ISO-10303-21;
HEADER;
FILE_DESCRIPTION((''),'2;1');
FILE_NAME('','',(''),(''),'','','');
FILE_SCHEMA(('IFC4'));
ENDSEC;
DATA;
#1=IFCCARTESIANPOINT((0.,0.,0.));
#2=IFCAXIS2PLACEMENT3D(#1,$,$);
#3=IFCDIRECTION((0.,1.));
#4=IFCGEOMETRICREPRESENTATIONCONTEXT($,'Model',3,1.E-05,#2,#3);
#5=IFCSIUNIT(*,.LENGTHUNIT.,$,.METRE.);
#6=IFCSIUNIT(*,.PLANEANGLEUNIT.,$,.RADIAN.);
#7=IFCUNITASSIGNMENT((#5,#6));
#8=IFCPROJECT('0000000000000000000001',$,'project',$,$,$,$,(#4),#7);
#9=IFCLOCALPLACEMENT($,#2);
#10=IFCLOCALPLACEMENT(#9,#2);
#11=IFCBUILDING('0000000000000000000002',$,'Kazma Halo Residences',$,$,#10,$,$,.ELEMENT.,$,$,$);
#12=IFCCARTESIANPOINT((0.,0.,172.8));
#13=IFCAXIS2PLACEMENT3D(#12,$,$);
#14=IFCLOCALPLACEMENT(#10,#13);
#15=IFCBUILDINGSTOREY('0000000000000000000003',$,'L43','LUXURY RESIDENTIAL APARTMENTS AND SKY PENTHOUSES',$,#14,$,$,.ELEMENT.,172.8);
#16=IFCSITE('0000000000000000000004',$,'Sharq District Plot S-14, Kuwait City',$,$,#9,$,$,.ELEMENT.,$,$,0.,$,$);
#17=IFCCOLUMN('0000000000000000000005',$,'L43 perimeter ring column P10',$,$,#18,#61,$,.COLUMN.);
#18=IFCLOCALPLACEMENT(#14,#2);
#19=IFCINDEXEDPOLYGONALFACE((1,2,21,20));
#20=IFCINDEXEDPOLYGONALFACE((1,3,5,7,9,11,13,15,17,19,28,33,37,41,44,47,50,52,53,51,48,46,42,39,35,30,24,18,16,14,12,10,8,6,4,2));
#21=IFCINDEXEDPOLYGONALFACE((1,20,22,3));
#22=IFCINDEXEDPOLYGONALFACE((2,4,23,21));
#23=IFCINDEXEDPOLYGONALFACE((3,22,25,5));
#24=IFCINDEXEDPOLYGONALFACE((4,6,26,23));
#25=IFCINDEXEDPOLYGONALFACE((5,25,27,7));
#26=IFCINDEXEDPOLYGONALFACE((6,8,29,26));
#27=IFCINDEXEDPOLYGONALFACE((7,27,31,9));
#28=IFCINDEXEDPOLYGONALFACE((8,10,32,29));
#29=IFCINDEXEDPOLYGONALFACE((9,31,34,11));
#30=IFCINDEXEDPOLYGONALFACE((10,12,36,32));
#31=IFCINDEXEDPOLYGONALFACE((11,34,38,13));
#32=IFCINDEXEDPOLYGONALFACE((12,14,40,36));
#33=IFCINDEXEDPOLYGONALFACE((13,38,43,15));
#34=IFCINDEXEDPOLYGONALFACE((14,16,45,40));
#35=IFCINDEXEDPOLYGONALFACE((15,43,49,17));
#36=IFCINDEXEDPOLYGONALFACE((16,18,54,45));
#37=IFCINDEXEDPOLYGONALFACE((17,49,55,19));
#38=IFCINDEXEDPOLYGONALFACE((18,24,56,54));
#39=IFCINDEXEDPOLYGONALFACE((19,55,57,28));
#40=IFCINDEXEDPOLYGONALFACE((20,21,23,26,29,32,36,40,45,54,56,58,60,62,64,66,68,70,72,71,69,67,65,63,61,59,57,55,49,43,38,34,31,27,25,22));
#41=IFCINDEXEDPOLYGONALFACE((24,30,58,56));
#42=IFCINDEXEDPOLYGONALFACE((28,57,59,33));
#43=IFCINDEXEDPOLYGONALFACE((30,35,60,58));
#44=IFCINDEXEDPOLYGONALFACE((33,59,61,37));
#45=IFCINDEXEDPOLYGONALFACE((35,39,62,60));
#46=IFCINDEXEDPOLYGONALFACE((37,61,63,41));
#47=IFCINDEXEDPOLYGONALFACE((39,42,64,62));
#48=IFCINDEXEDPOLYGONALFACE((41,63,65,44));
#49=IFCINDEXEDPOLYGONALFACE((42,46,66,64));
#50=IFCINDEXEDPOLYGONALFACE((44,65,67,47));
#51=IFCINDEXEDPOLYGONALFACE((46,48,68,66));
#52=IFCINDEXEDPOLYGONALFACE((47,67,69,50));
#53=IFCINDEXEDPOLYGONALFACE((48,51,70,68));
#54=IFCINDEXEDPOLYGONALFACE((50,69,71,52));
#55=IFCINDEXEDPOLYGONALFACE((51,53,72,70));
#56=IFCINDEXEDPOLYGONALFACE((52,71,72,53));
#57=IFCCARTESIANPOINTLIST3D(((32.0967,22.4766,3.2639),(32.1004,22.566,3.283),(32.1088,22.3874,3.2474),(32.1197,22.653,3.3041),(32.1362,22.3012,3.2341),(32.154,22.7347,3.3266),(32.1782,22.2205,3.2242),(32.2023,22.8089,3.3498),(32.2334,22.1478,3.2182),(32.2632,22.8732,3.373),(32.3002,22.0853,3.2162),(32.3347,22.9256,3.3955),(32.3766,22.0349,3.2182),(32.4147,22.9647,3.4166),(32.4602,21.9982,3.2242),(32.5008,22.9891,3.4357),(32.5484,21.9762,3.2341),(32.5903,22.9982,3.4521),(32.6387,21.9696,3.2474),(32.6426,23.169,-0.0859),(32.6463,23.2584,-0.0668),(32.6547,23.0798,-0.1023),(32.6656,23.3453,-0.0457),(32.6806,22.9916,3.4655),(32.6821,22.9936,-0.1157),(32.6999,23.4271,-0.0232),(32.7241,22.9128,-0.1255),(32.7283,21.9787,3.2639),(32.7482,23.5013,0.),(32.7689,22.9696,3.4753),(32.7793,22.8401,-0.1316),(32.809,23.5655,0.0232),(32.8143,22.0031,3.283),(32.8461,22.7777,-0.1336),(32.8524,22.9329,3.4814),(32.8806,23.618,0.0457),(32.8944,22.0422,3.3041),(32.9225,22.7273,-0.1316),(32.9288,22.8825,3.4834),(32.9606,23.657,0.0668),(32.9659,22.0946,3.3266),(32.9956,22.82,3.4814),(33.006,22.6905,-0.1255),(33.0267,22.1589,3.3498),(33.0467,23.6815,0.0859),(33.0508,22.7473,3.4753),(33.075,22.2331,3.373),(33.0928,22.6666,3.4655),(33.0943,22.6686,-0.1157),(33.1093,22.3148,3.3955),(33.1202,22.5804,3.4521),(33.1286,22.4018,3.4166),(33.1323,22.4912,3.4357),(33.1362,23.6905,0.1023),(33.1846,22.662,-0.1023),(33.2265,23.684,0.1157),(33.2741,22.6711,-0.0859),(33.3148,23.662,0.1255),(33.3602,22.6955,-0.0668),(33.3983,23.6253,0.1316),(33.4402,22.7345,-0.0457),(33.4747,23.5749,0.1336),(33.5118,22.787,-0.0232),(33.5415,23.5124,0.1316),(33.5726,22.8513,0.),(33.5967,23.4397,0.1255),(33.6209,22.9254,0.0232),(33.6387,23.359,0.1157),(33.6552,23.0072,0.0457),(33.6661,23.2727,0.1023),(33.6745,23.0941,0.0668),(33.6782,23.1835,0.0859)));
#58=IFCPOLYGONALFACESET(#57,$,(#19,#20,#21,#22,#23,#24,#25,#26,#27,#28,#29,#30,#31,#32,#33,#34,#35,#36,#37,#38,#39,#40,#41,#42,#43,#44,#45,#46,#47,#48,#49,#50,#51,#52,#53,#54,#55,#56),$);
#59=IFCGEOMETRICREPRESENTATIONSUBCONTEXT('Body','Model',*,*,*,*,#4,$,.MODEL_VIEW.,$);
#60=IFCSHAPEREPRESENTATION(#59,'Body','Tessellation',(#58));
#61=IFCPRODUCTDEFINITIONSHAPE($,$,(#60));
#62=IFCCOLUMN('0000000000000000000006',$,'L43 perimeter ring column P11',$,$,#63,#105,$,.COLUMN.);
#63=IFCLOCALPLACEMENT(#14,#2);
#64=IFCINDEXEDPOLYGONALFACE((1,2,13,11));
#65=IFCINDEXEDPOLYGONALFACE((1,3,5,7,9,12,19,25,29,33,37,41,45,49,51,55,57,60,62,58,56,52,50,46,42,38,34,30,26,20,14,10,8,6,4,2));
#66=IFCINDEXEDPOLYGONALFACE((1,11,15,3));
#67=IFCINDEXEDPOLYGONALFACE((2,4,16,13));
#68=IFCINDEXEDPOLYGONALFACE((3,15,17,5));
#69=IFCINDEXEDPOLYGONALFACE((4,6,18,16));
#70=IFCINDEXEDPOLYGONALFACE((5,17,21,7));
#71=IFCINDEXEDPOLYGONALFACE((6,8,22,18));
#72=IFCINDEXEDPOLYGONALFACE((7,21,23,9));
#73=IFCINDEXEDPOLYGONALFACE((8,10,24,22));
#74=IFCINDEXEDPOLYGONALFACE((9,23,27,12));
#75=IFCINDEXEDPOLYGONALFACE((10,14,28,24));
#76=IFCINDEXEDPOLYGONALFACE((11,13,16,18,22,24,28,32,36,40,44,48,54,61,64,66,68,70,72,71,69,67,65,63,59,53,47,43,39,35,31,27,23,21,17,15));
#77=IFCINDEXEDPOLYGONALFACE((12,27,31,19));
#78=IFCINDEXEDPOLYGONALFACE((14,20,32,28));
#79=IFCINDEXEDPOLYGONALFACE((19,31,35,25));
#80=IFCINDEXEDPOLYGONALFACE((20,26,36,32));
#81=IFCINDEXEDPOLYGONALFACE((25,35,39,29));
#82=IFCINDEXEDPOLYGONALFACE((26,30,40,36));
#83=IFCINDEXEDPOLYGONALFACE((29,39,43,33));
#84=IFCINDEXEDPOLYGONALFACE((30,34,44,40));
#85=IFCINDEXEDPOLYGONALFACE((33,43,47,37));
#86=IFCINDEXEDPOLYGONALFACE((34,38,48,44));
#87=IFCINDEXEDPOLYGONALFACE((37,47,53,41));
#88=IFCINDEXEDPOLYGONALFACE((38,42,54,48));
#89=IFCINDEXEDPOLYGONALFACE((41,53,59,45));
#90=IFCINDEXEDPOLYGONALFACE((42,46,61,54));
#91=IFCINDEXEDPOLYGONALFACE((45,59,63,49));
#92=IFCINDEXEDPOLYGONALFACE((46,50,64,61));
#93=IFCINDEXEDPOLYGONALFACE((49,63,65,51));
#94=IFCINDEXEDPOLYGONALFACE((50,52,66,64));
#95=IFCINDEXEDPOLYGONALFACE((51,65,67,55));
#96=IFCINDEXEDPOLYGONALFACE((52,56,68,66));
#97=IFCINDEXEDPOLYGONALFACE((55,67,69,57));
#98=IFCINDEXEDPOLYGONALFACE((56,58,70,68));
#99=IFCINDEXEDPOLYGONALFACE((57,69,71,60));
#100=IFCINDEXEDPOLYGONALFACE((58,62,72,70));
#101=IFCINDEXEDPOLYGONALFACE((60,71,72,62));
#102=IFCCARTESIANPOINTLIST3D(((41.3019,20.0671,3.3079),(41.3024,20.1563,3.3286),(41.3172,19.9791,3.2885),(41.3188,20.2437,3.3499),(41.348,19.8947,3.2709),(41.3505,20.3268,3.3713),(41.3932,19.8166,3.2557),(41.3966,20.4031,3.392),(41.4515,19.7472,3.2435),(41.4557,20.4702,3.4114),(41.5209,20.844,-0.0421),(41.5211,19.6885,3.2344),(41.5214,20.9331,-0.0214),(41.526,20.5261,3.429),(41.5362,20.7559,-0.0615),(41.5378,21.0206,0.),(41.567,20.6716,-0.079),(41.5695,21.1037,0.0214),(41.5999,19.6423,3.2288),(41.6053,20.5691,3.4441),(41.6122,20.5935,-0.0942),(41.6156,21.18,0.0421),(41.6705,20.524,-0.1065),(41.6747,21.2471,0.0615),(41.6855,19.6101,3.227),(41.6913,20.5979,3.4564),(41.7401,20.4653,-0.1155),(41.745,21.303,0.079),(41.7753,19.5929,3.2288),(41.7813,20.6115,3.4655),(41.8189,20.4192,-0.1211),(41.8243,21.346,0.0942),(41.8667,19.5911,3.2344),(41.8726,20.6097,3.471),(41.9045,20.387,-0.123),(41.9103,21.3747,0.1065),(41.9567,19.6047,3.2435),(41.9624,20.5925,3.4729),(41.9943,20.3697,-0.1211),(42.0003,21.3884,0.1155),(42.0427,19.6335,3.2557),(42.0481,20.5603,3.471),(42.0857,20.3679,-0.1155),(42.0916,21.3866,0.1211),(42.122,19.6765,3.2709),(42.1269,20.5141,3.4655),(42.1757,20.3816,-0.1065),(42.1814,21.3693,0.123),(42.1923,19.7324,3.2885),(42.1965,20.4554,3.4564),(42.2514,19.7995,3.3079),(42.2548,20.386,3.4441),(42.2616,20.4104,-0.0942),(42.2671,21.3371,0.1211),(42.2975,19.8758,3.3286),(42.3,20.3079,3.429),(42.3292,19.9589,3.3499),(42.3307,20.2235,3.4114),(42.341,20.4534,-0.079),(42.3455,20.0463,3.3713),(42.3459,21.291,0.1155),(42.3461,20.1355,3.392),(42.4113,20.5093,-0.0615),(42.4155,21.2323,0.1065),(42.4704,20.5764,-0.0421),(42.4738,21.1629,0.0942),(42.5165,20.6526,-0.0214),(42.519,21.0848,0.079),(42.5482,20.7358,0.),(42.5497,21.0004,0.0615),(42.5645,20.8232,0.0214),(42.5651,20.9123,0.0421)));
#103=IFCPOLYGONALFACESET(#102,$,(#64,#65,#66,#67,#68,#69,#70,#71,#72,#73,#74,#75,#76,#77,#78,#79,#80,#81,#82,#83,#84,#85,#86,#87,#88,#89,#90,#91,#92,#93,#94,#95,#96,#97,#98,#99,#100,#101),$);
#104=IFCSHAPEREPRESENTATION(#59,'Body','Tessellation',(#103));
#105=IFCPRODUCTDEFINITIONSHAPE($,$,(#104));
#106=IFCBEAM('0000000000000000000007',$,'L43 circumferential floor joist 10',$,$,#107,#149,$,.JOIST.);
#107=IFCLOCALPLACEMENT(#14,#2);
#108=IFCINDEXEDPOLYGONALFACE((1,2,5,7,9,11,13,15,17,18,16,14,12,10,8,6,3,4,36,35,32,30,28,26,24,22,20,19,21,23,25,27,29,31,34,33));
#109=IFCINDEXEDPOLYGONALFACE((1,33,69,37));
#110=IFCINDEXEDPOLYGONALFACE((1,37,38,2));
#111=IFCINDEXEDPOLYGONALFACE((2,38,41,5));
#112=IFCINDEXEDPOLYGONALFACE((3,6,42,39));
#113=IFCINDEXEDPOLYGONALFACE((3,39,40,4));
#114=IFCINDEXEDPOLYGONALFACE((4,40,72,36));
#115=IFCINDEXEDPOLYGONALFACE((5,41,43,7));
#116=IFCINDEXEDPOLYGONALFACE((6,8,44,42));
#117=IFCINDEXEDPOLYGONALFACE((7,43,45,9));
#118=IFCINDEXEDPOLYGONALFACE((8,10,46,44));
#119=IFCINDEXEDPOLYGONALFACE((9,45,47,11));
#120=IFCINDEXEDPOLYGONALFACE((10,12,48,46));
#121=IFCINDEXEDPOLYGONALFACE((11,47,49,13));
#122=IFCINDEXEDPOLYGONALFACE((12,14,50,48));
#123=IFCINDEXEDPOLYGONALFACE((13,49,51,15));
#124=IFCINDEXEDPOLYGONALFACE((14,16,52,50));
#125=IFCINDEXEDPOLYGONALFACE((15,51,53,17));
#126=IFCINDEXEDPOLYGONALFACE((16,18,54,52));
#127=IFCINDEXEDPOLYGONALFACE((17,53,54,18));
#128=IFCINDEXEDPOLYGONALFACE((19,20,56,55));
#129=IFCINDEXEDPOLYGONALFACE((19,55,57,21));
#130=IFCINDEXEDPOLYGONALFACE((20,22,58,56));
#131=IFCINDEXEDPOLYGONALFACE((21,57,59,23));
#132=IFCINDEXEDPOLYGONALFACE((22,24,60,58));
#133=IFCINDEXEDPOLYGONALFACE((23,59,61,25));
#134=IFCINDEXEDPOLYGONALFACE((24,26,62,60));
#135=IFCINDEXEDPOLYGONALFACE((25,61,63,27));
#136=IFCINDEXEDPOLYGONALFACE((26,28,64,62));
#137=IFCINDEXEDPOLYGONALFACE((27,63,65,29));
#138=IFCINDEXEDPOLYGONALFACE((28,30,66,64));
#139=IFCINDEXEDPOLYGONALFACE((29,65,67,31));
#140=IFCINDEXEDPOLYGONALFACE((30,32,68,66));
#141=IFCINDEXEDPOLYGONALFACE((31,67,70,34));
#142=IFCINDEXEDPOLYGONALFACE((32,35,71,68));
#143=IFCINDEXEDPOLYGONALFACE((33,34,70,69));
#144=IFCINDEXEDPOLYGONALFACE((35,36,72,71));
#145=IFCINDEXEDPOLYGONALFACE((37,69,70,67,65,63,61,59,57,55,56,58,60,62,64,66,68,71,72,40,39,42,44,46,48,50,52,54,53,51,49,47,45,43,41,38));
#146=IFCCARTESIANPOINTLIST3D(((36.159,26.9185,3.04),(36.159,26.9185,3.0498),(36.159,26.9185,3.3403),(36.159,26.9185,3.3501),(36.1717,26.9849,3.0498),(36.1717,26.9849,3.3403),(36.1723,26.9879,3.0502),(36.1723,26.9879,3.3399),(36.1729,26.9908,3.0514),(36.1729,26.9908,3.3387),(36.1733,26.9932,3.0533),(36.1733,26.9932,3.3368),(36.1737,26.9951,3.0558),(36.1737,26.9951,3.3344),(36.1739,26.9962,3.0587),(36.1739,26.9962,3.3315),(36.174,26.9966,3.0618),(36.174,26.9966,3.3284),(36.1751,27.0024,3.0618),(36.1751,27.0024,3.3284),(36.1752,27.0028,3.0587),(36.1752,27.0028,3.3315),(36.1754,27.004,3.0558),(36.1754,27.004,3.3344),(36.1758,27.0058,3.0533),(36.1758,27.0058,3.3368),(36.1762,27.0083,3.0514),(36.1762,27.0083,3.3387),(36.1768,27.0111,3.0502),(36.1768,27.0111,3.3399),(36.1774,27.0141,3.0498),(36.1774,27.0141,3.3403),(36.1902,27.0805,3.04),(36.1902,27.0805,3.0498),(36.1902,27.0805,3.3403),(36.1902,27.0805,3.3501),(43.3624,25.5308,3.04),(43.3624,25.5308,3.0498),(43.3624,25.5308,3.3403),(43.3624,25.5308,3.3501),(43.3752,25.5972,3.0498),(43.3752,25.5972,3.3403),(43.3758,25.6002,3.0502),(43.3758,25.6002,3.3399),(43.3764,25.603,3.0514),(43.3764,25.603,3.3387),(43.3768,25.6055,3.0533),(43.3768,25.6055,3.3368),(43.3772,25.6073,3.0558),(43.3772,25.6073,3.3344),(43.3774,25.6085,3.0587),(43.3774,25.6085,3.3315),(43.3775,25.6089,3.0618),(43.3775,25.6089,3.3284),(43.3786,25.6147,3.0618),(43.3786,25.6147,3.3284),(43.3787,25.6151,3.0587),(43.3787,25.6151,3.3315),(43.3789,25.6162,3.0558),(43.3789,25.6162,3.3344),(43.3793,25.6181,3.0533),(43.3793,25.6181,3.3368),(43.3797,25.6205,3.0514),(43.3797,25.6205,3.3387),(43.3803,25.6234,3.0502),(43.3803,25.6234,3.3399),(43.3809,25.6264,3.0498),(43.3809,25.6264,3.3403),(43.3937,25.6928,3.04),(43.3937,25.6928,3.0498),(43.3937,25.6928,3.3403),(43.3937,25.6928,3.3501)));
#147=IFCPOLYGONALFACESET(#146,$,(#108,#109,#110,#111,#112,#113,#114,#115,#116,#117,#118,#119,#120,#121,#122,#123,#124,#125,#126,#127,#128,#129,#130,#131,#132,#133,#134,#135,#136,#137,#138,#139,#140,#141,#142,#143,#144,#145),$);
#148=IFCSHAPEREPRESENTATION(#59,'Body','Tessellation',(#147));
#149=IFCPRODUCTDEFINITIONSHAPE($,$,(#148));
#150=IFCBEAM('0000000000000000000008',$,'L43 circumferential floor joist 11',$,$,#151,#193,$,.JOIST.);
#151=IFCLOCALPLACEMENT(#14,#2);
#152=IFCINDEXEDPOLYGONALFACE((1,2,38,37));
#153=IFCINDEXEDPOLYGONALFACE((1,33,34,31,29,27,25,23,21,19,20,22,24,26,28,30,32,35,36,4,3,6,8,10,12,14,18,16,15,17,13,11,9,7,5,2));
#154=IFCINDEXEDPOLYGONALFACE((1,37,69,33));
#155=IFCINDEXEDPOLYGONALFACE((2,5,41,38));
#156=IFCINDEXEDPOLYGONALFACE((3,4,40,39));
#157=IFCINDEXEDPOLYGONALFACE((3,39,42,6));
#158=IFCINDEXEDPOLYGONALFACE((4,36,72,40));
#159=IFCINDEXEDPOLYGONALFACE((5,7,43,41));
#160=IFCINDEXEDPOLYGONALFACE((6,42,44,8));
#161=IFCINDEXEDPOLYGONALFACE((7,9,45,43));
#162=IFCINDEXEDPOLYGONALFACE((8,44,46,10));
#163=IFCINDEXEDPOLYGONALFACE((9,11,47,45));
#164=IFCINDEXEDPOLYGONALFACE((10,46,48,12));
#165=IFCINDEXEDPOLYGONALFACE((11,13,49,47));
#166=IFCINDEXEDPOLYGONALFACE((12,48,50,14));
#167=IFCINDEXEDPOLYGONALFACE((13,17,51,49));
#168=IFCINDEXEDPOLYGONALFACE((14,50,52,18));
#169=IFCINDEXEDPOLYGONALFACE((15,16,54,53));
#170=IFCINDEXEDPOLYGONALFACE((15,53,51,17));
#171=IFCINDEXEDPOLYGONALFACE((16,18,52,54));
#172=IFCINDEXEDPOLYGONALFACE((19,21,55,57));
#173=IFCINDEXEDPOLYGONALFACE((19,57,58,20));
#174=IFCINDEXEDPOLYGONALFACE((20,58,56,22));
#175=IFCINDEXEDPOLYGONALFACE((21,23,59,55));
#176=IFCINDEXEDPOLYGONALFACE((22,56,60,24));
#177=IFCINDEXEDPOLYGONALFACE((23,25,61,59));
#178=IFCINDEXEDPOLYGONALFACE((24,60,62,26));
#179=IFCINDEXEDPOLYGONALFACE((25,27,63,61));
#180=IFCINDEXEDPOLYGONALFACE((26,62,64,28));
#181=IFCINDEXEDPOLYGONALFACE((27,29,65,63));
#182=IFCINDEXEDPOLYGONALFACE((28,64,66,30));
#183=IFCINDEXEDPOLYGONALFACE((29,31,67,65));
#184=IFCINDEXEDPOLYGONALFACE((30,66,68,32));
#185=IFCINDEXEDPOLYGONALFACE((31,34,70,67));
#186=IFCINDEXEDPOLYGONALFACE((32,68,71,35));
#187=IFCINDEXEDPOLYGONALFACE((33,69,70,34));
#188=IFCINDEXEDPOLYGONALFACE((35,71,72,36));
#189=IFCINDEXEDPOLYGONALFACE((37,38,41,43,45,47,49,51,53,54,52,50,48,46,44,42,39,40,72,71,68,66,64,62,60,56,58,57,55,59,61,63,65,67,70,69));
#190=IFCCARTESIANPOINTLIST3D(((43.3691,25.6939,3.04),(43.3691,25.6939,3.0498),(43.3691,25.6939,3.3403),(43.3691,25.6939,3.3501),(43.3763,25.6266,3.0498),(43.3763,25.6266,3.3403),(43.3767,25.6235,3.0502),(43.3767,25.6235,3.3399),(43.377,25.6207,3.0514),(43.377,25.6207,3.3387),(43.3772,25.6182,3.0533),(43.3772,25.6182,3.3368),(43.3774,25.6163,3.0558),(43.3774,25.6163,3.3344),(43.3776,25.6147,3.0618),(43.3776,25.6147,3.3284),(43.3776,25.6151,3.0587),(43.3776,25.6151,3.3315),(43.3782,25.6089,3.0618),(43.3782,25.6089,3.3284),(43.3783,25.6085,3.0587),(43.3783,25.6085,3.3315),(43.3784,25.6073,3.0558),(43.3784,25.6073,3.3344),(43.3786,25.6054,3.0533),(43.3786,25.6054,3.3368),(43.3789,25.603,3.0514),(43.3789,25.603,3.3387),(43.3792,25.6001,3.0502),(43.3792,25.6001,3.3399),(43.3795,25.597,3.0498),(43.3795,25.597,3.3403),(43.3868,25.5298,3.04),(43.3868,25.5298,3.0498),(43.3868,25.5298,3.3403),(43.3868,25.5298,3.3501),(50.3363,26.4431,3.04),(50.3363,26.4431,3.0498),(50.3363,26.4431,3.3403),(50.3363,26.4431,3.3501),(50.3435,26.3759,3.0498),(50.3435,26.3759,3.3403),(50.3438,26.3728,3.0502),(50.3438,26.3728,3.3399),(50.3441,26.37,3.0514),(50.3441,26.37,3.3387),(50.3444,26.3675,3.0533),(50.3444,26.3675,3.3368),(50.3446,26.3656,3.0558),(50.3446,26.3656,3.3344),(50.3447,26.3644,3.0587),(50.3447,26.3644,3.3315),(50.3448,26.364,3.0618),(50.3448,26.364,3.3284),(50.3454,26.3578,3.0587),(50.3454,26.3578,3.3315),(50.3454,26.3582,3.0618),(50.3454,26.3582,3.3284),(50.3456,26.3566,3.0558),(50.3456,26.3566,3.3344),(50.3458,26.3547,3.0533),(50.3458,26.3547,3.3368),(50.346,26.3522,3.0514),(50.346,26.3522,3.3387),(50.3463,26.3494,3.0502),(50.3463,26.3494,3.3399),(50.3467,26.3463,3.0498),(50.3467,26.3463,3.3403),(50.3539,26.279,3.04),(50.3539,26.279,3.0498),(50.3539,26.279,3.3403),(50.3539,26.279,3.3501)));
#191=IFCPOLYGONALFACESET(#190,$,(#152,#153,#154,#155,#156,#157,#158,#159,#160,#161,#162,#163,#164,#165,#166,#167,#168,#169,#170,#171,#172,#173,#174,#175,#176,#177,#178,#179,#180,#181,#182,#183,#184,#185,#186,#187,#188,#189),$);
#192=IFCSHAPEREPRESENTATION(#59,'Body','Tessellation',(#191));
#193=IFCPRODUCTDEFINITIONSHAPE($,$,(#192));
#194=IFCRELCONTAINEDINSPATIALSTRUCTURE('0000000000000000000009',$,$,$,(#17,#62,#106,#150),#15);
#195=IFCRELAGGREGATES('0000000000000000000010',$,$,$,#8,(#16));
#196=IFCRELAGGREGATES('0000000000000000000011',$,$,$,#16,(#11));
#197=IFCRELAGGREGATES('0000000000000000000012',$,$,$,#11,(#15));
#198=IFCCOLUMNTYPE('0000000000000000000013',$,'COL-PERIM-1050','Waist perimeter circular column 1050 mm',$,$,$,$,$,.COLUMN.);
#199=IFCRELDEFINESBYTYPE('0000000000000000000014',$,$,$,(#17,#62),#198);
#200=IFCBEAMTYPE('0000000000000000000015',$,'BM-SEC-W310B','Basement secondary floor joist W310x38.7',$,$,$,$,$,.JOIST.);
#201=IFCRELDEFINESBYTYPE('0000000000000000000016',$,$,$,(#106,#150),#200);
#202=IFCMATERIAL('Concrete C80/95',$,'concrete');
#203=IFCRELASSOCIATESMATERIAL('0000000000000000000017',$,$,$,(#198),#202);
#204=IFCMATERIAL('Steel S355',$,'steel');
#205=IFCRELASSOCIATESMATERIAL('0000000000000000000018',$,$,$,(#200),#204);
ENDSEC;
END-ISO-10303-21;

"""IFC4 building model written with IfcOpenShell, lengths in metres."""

from ifc_helpers import new_model, si_unit, direction, frame, origin, origin_2d, place, context, subcontext, project, spatial, circle, i_section, extrude, material, material_profile, profile_set, type_object, element, save


model = new_model("IFC4")

# Units and contexts
model_context = context("Model", 3, precision=1e-05, world=origin(), true_north=direction((0.0, 1.0)))
body_context = subcontext(model_context, "Body", "Model", "MODEL_VIEW")
ifc_project = project(units=[si_unit("LENGTHUNIT", "METRE"), si_unit("PLANEANGLEUNIT", "RADIAN")], contexts=[model_context])

# Site, building, storey
site_placement = place(None, origin())
site = spatial("IfcSite", under=ifc_project, at=site_placement, Name="Sharq District Plot S-14, Kuwait City", CompositionType="ELEMENT", RefElevation=0.0)
building_placement = place(site_placement, origin())
building = spatial("IfcBuilding", under=site, at=building_placement, Name="Kazma Halo Residences", CompositionType="ELEMENT")
storey_placement = place(building_placement, frame((0.0, 0.0, 172.8)))
storey = spatial("IfcBuildingStorey", under=building, at=storey_placement, Name="L43", Description="LUXURY RESIDENTIAL APARTMENTS AND SKY PENTHOUSES", CompositionType="ELEMENT", Elevation=172.8)

# Columns
ifc_material_1 = material(Name="Concrete C80/95", Category="concrete")
ifc_material_profile_1 = material_profile(ifc_material_1, circle(Radius=0.5249, at=origin_2d()), Name="CIRC1050")
ifc_profile_set_1 = profile_set([ifc_material_profile_1], Name="Concrete C80/95")
column_type = type_object("IfcColumnType", Name="COL-PERIM-1050", Description="Waist perimeter circular column 1050 mm", PredefinedType="COLUMN", material=ifc_profile_set_1)
column_1_placement = place(storey_placement, frame((33.1604, 23.1763, 0.0), z_axis=(-0.157594, -0.199883, 0.967063), x_axis=(0.78528, -0.619141, 0.0)))
element("IfcColumn", 1, at=column_1_placement, inside=storey, type_object=column_type, Name="L43 perimeter ring column P10", PredefinedType="COLUMN", context=body_context, shape_type="SweptSolid", body=[
    extrude(circle(Radius=0.5249, at=origin_2d()), origin(), (0.0, 0.0, 1.0), 3.4639),
])
column_2_placement = place(storey_placement, frame((42.043, 20.8782, 0.0), z_axis=(-0.063555, -0.225455, 0.972178), x_axis=(0.962488, -0.271324, 0.0)))
element("IfcColumn", 2, at=column_2_placement, inside=storey, type_object=column_type, Name="L43 perimeter ring column P11", PredefinedType="COLUMN", context=body_context, shape_type="SweptSolid", body=[
    extrude(circle(Radius=0.5249, at=origin_2d()), origin(), (0.0, 0.0, 1.0), 3.4458),
])

# Beams
ifc_material_2 = material(Name="Steel S355", Category="steel")
ifc_material_profile_2 = material_profile(ifc_material_2, i_section(OverallWidth=0.165, OverallDepth=0.3101, WebThickness=0.0059, FlangeThickness=0.0098, FilletRadius=0.012, at=origin_2d()), Name="W310x38.7")
ifc_profile_set_2 = profile_set([ifc_material_profile_2], Name="Steel S355")
beam_type_1 = type_object("IfcBeamType", Name="BM-SEC-W310B", Description="Basement secondary floor joist W310x38.7", PredefinedType="JOIST", material=ifc_profile_set_2)
beam_1_placement = place(storey_placement, frame((36.1746, 26.9995, 3.1951), z_axis=(0.981945, -0.189167, 0.0), x_axis=(0.189167, 0.981945, 0.0)))
element("IfcBeam", 3, at=beam_1_placement, inside=storey, type_object=beam_type_1, Name="L43 circumferential floor joist 10", PredefinedType="JOIST", context=body_context, shape_type="SweptSolid", body=[
    extrude(i_section(OverallWidth=0.165, OverallDepth=0.3101, WebThickness=0.0059, FlangeThickness=0.0098, FilletRadius=0.012, at=origin_2d()), origin(), (0.0, 0.0, 1.0), 7.3359),
])
beam_2_placement = place(storey_placement, frame((43.3779, 25.6118, 3.1951), z_axis=(0.994267, 0.106928, 0.0), x_axis=(-0.106928, 0.994267, 0.0)))
element("IfcBeam", 4, at=beam_2_placement, inside=storey, type_object=beam_type_1, Name="L43 circumferential floor joist 11", PredefinedType="JOIST", context=body_context, shape_type="SweptSolid", body=[
    extrude(i_section(OverallWidth=0.165, OverallDepth=0.3101, WebThickness=0.0059, FlangeThickness=0.0098, FilletRadius=0.012, at=origin_2d()), origin(), (0.0, 0.0, 1.0), 7.0073),
])

save(model, "model.ifc")
